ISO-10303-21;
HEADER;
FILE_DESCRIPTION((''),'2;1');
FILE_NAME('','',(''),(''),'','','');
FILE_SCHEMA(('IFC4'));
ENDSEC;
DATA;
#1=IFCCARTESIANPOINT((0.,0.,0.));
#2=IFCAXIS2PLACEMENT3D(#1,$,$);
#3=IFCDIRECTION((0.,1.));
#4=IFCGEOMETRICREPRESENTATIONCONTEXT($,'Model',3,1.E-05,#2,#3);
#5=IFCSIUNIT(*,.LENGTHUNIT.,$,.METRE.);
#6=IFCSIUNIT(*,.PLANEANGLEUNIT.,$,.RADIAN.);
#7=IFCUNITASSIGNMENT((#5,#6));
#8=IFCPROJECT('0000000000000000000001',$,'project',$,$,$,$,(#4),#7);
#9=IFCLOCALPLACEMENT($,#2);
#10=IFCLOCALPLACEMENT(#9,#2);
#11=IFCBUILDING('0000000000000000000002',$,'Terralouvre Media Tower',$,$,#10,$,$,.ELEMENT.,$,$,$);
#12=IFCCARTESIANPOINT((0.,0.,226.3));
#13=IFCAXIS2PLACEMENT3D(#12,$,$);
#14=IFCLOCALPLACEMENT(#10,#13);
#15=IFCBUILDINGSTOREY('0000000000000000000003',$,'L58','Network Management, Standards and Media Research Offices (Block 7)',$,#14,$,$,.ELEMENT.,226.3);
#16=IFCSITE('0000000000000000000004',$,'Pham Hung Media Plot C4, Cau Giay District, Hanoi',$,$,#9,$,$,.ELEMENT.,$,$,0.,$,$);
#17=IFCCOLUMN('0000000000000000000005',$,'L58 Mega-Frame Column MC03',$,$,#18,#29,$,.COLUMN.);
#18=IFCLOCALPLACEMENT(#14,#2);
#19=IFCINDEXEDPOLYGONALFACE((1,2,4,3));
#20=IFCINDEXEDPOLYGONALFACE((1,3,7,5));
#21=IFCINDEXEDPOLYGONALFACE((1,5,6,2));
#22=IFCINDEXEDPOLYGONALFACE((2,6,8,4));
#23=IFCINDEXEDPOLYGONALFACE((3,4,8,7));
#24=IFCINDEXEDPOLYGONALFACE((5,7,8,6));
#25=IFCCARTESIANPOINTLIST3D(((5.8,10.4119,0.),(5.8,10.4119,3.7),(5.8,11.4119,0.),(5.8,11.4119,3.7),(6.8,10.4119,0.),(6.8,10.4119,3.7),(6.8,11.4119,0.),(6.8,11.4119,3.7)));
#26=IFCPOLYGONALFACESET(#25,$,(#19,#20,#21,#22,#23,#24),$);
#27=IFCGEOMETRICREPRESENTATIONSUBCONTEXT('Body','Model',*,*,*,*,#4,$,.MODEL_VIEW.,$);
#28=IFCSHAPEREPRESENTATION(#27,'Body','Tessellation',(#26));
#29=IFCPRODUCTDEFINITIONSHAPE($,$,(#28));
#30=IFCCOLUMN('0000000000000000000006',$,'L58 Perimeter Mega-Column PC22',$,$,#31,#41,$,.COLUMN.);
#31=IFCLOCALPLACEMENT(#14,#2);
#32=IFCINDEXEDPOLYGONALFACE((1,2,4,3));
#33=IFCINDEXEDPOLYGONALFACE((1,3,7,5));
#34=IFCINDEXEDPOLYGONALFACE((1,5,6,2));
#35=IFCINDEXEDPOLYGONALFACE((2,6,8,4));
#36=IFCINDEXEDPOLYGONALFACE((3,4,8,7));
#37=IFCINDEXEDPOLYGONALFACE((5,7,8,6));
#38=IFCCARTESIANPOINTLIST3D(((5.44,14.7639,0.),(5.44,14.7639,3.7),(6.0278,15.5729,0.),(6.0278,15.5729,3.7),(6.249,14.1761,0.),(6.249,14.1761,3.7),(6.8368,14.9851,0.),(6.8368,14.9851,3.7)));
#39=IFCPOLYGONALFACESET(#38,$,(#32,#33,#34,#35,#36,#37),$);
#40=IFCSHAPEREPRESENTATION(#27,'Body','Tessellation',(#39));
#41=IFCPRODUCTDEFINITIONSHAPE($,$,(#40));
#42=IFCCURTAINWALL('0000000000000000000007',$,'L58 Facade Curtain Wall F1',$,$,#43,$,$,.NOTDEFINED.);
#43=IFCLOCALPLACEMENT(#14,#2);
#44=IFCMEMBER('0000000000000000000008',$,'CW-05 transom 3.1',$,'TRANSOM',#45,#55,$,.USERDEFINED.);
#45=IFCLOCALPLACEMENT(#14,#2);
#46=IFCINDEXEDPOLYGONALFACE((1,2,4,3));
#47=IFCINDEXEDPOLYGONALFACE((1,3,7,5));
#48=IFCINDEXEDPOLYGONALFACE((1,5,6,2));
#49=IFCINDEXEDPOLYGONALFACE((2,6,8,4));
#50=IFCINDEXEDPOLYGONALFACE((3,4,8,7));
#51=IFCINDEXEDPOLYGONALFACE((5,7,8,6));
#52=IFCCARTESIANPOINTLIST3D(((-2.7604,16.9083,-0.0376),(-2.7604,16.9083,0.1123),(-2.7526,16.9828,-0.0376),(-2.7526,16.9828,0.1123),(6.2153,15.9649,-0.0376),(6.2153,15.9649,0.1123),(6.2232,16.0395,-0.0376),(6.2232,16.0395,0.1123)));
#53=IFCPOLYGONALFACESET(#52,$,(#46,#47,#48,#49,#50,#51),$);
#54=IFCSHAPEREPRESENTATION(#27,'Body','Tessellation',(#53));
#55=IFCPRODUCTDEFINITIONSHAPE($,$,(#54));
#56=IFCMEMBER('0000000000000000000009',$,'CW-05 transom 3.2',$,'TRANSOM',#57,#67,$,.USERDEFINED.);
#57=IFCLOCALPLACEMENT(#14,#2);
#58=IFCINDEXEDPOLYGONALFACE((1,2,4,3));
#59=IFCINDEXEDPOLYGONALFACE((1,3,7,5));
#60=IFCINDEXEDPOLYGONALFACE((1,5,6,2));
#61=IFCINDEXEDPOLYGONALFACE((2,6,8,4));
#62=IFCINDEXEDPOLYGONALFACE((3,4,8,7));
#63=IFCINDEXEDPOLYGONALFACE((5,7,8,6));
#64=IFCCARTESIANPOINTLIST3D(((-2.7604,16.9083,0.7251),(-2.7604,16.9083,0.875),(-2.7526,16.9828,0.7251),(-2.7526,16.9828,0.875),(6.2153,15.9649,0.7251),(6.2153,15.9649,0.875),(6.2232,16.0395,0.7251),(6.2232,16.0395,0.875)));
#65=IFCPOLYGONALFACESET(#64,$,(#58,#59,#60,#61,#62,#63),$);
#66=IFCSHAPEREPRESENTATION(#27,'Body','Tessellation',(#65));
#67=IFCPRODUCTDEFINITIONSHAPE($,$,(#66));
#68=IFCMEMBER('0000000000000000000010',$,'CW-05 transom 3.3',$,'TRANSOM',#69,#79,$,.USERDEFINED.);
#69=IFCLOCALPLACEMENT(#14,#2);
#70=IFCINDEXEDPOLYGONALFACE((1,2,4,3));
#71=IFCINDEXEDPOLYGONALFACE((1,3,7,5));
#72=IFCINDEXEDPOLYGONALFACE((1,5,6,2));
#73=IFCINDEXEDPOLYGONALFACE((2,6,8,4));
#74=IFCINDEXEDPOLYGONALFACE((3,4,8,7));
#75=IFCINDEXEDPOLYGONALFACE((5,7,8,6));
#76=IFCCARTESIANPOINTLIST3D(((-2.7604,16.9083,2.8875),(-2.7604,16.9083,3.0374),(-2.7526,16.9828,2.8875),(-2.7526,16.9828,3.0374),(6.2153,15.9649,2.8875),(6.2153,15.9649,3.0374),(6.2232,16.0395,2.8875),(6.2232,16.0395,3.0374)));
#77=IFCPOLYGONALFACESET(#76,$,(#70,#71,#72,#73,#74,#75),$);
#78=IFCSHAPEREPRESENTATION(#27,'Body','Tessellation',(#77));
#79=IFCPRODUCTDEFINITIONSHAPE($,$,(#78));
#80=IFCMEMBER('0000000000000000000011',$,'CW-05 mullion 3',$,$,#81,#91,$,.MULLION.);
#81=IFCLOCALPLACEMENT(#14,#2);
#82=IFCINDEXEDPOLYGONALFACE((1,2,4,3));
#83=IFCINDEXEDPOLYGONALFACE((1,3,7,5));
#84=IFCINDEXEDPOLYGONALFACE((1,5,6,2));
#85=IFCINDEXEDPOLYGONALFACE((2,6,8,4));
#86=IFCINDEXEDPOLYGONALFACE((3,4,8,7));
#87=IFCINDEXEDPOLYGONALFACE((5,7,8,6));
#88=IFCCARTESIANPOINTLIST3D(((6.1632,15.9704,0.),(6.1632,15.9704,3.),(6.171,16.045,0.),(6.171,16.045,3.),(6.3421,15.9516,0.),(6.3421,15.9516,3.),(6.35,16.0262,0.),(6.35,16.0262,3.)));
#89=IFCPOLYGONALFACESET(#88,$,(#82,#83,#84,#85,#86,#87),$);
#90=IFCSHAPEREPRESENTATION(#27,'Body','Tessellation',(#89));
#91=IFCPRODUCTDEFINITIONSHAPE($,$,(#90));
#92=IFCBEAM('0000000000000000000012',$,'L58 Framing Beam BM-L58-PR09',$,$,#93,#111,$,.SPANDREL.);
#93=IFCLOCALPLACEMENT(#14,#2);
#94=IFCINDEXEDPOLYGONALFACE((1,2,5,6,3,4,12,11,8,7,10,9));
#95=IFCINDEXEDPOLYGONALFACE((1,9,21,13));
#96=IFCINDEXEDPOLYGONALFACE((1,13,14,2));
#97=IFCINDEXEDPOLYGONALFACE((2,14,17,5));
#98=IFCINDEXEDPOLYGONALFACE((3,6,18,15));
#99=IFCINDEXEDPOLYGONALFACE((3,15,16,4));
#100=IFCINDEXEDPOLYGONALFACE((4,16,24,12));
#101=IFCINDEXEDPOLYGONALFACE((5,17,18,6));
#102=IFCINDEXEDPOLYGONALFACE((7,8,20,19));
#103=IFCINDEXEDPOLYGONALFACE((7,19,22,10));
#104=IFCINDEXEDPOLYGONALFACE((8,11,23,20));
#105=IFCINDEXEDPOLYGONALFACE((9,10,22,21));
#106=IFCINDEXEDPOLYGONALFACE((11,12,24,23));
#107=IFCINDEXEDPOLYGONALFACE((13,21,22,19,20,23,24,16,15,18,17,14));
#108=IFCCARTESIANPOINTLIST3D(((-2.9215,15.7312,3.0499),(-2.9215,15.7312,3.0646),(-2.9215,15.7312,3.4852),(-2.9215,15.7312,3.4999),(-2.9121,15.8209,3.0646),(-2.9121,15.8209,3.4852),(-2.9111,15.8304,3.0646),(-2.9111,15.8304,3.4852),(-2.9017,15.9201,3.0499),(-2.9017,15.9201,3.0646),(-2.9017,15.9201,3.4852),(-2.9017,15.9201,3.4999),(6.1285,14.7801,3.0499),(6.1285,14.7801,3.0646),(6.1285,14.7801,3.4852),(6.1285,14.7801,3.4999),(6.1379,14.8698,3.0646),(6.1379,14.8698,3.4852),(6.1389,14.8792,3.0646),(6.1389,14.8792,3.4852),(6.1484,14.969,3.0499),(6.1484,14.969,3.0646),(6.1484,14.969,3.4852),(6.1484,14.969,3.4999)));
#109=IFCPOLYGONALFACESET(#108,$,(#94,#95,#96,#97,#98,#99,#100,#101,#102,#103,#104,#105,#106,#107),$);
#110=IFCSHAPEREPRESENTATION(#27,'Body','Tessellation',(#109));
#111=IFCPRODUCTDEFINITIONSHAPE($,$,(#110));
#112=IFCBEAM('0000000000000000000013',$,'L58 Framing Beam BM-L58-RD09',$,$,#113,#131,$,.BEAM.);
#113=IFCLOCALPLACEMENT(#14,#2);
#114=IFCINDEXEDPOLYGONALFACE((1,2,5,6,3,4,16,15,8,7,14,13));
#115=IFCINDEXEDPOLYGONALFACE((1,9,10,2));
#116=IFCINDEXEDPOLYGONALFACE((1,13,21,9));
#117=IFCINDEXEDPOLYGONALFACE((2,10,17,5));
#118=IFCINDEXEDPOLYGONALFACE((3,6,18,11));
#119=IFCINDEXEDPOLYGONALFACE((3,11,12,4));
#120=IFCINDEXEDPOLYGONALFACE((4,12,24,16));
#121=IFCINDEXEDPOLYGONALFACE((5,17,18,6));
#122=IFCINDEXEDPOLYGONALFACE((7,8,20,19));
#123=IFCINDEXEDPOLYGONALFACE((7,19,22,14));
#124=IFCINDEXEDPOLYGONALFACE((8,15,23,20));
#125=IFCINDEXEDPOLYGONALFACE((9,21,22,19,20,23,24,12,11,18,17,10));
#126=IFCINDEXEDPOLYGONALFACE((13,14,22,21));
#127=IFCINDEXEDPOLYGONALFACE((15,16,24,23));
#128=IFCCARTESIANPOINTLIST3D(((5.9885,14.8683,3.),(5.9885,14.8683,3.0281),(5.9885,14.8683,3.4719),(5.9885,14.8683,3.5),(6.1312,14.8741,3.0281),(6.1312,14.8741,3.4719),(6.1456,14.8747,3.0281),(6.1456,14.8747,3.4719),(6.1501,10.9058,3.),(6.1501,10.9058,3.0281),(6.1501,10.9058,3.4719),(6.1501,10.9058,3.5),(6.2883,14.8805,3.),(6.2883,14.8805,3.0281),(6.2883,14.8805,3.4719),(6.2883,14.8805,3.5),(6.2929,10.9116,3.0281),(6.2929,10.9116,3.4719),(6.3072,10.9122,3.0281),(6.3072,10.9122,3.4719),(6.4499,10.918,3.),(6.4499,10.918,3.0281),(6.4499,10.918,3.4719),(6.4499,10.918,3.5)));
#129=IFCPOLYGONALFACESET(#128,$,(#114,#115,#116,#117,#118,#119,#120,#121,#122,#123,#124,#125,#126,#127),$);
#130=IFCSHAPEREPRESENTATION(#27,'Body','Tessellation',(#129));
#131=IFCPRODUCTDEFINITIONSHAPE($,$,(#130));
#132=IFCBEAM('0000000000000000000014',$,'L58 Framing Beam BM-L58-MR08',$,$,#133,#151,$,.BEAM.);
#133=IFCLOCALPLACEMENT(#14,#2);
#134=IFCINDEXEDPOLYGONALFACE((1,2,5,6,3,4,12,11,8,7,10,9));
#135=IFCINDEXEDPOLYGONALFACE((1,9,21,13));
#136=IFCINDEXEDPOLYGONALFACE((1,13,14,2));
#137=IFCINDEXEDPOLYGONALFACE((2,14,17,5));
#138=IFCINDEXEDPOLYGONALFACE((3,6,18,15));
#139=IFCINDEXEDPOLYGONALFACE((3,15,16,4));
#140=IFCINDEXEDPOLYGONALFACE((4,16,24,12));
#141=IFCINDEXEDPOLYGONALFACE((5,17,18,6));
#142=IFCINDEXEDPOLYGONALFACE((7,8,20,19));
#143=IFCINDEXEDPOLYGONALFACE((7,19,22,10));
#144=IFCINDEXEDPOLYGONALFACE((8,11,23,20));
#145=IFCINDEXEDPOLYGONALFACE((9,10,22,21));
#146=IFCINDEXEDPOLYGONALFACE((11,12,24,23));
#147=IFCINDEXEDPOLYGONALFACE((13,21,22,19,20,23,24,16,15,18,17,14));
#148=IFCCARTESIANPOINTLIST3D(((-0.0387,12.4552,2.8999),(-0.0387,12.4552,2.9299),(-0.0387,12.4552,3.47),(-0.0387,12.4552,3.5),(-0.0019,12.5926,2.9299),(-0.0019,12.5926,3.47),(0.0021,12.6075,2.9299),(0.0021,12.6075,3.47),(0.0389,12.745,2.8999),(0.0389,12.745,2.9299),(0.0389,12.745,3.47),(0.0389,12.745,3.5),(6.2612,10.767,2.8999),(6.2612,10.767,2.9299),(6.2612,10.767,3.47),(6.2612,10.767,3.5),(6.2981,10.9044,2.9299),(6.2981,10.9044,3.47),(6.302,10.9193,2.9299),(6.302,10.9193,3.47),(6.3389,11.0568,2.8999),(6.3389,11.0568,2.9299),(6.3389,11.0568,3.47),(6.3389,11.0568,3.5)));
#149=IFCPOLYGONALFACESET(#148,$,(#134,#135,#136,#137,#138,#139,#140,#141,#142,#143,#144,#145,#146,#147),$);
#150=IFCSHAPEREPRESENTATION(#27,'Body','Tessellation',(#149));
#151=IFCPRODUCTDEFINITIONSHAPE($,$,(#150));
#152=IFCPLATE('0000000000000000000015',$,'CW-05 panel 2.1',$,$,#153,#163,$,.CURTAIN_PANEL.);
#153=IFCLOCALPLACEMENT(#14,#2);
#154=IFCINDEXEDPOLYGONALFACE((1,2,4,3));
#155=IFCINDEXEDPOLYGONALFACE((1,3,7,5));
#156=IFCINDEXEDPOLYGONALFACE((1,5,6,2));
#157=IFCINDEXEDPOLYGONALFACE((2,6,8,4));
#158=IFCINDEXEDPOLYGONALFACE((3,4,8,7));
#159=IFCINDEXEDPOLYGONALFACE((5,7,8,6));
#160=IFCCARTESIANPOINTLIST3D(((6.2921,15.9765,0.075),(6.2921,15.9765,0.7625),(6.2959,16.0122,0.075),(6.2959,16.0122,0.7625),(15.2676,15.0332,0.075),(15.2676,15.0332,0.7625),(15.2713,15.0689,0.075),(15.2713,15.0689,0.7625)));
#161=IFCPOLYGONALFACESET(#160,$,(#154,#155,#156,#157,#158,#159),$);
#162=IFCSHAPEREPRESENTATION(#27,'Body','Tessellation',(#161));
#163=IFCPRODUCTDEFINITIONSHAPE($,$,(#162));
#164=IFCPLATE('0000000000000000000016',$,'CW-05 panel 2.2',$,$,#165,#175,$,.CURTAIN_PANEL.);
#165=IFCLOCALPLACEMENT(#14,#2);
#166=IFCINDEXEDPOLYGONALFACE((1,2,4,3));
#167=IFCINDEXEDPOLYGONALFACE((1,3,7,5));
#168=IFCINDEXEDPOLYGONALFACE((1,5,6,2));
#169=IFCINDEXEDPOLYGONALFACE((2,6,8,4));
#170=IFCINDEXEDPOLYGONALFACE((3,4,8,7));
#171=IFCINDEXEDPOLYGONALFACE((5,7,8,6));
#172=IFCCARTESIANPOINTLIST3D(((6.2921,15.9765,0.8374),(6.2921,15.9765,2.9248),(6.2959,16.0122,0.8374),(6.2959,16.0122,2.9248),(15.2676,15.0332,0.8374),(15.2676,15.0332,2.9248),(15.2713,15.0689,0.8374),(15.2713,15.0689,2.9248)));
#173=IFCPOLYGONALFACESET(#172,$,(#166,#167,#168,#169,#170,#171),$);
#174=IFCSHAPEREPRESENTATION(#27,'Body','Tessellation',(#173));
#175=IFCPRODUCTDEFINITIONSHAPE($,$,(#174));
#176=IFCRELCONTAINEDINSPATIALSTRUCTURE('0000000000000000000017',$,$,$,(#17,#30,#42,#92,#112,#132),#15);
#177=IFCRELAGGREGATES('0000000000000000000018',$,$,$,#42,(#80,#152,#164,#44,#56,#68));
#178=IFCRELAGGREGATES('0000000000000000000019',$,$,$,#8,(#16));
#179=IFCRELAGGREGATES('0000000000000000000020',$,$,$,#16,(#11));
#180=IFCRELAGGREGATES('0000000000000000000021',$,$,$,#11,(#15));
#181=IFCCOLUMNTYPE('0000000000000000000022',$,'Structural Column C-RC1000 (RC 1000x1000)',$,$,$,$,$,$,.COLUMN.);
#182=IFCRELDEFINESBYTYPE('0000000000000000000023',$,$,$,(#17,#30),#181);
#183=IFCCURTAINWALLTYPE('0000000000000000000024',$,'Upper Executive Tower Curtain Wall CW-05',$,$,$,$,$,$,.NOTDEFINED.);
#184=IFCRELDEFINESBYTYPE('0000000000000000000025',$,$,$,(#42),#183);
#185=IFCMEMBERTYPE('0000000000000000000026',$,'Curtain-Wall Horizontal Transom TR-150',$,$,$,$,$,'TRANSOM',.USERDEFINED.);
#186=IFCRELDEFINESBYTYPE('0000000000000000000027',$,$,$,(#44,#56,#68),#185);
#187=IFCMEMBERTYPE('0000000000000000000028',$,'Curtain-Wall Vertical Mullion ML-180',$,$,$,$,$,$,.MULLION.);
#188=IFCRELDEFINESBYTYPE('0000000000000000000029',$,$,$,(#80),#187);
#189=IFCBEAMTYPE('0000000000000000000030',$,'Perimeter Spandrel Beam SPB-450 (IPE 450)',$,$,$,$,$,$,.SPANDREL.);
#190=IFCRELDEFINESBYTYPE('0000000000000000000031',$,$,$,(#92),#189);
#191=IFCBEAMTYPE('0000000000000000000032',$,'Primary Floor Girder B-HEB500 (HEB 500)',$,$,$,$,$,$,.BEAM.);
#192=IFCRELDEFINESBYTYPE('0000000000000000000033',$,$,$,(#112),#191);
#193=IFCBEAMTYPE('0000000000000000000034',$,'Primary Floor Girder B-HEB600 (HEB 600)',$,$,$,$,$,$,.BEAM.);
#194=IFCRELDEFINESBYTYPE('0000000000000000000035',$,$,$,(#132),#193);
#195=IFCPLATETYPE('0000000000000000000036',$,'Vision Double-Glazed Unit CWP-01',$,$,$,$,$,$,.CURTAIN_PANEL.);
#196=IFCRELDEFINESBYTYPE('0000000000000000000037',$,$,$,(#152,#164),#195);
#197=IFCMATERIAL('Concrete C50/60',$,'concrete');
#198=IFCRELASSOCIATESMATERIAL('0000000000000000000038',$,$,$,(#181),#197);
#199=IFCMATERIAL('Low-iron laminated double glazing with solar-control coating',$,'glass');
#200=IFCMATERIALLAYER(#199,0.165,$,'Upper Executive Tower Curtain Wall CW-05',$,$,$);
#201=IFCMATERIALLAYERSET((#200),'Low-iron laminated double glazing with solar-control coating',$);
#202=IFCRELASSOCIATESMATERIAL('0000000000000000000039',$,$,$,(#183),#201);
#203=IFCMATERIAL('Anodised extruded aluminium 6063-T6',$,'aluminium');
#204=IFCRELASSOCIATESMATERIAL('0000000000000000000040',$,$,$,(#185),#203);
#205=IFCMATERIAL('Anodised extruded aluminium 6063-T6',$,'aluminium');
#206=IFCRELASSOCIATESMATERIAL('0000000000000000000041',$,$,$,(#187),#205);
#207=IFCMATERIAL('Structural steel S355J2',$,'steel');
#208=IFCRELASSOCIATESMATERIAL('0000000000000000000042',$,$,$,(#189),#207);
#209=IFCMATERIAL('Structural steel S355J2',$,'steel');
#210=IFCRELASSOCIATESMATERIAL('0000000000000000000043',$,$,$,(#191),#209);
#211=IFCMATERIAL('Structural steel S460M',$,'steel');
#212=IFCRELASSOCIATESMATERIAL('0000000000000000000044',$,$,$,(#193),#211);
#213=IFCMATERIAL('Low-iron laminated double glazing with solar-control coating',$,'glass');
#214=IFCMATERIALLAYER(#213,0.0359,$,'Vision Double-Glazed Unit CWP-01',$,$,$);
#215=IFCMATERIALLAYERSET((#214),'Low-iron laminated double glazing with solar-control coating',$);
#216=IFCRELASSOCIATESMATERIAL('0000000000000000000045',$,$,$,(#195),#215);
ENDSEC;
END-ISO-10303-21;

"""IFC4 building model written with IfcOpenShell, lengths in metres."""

from ifc_helpers import new_model, si_unit, direction, frame, origin, origin_2d, place, context, subcontext, project, spatial, rectangle, i_section, extrude, material, layer, layer_set, material_profile, profile_set, type_object, element, aggregate, save


model = new_model("IFC4")

# Units and contexts
model_context = context("Model", 3, precision=1e-05, world=origin(), true_north=direction((0.0, 1.0)))
body_context = subcontext(model_context, "Body", "Model", "MODEL_VIEW")
ifc_project = project(units=[si_unit("LENGTHUNIT", "METRE"), si_unit("PLANEANGLEUNIT", "RADIAN")], contexts=[model_context])

# Site, building, storey
site_placement = place(None, origin())
site = spatial("IfcSite", under=ifc_project, at=site_placement, Name="Pham Hung Media Plot C4, Cau Giay District, Hanoi", CompositionType="ELEMENT", RefElevation=0.0)
building_placement = place(site_placement, origin())
building = spatial("IfcBuilding", under=site, at=building_placement, Name="Terralouvre Media Tower", CompositionType="ELEMENT")
storey_placement = place(building_placement, frame((0.0, 0.0, 226.3)))
storey = spatial("IfcBuildingStorey", under=building, at=storey_placement, Name="L58", Description="Network Management, Standards and Media Research Offices (Block 7)", CompositionType="ELEMENT", Elevation=226.3)

# Columns
ifc_material_1 = material(Name="Concrete C50/60", Category="concrete")
ifc_material_profile_1 = material_profile(ifc_material_1, rectangle(XDim=1.0, YDim=1.0, at=origin_2d()), Name="RC 1000x1000")
ifc_profile_set_1 = profile_set([ifc_material_profile_1], Name="Concrete C50/60")
column_type = type_object("IfcColumnType", Name="Structural Column C-RC1000 (RC 1000x1000)", PredefinedType="COLUMN", material=ifc_profile_set_1)
for number, where, z_axis, x_axis, name in (
    (1, (6.3, 10.9119, 0.0), (0.0, 0.0, 1.0), (1.0, 0.0, 0.0), "L58 Mega-Frame Column MC03"),
    (2, (6.1384, 14.8745, 0.0), (0.0, 0.0, 1.0), (0.587785, 0.809017, 0.0), "L58 Perimeter Mega-Column PC22"),
):
    element("IfcColumn", number, at=place(storey_placement, frame(where, z_axis=z_axis, x_axis=x_axis)), inside=storey, type_object=column_type, Name=name, PredefinedType="COLUMN", context=body_context, shape_type="SweptSolid", body=[
        extrude(rectangle(XDim=1.0, YDim=1.0, at=origin_2d()), origin(), (0.0, 0.0, 1.0), 3.7),
    ])

# Curtain wall, members
ifc_material_2 = material(Name="Low-iron laminated double glazing with solar-control coating", Category="glass")
ifc_layer_1 = layer(ifc_material_2, 0.165, Name="Upper Executive Tower Curtain Wall CW-05")
ifc_layer_set_1 = layer_set([ifc_layer_1], Name="Low-iron laminated double glazing with solar-control coating")
curtain_wall_type = type_object("IfcCurtainWallType", Name="Upper Executive Tower Curtain Wall CW-05", PredefinedType="NOTDEFINED", material=ifc_layer_set_1)
curtain_wall_placement = place(storey_placement, origin())
curtain_wall = element("IfcCurtainWall", 3, at=curtain_wall_placement, inside=storey, type_object=curtain_wall_type, Name="L58 Facade Curtain Wall F1", PredefinedType="NOTDEFINED")
ifc_material_3 = material(Name="Anodised extruded aluminium 6063-T6", Category="aluminium")
ifc_material_profile_2 = material_profile(ifc_material_3, rectangle(XDim=0.075, YDim=0.1499, at=origin_2d()), Name="ALU 75x150")
ifc_profile_set_2 = profile_set([ifc_material_profile_2], Name="Anodised extruded aluminium 6063-T6")
member_type_1 = type_object("IfcMemberType", Name="Curtain-Wall Horizontal Transom TR-150", ElementType="TRANSOM", PredefinedType="USERDEFINED", material=ifc_profile_set_2)
member_1_placement = place(storey_placement, frame((6.2192, 16.0022, 0.0374), z_axis=(-0.994522, 0.104527, 0.0), x_axis=(-0.104527, -0.994522, 0.0)))
member_1 = element("IfcMember", 4, at=member_1_placement, type_object=member_type_1, Name="CW-05 transom 3.1", ObjectType="TRANSOM", PredefinedType="USERDEFINED", context=body_context, shape_type="SweptSolid", body=[
    extrude(rectangle(XDim=0.075, YDim=0.1499, at=origin_2d()), origin(), (0.0, 0.0, 1.0), 9.0251),
])
member_2_placement = place(storey_placement, frame((6.2192, 16.0022, 0.8), z_axis=(-0.994522, 0.104527, 0.0), x_axis=(-0.104527, -0.994522, 0.0)))
member_2 = element("IfcMember", 5, at=member_2_placement, type_object=member_type_1, Name="CW-05 transom 3.2", ObjectType="TRANSOM", PredefinedType="USERDEFINED", context=body_context, shape_type="SweptSolid", body=[
    extrude(rectangle(XDim=0.075, YDim=0.1499, at=origin_2d()), origin(), (0.0, 0.0, 1.0), 9.0251),
])
member_3_placement = place(storey_placement, frame((6.2192, 16.0022, 2.9624), z_axis=(-0.994522, 0.104527, 0.0), x_axis=(-0.104527, -0.994522, 0.0)))
member_3 = element("IfcMember", 6, at=member_3_placement, type_object=member_type_1, Name="CW-05 transom 3.3", ObjectType="TRANSOM", PredefinedType="USERDEFINED", context=body_context, shape_type="SweptSolid", body=[
    extrude(rectangle(XDim=0.075, YDim=0.1499, at=origin_2d()), origin(), (0.0, 0.0, 1.0), 9.0251),
])
ifc_material_4 = material(Name="Anodised extruded aluminium 6063-T6", Category="aluminium")
ifc_material_profile_3 = material_profile(ifc_material_4, rectangle(XDim=0.075, YDim=0.1799, at=origin_2d()), Name="ALU 75x180")
ifc_profile_set_3 = profile_set([ifc_material_profile_3], Name="Anodised extruded aluminium 6063-T6")
member_type_2 = type_object("IfcMemberType", Name="Curtain-Wall Vertical Mullion ML-180", PredefinedType="MULLION", material=ifc_profile_set_3)
member_4_placement = place(storey_placement, frame((6.2566, 15.9983, 0.0), z_axis=(0.0, 0.0, 1.0), x_axis=(-0.104529, -0.994522, 0.0)))
member_4 = element("IfcMember", 7, at=member_4_placement, type_object=member_type_2, Name="CW-05 mullion 3", PredefinedType="MULLION", context=body_context, shape_type="SweptSolid", body=[
    extrude(rectangle(XDim=0.075, YDim=0.1799, at=origin_2d()), origin(), (0.0, 0.0, 1.0), 3.0),
])

# Beams
ifc_material_5 = material(Name="Structural steel S355J2", Category="steel")
ifc_material_profile_4 = material_profile(ifc_material_5, i_section(OverallWidth=0.1899, OverallDepth=0.45, WebThickness=0.0095, FlangeThickness=0.0146, at=origin_2d()), Name="IPE 450")
ifc_profile_set_4 = profile_set([ifc_material_profile_4], Name="Structural steel S355J2")
beam_type_1 = type_object("IfcBeamType", Name="Perimeter Spandrel Beam SPB-450 (IPE 450)", PredefinedType="SPANDREL", material=ifc_profile_set_4)
beam_1_placement = place(storey_placement, frame((6.1384, 14.8745, 3.2749), z_axis=(-0.994522, 0.104526, 0.0), x_axis=(-0.104526, -0.994522, 0.0)))
element("IfcBeam", 8, at=beam_1_placement, inside=storey, type_object=beam_type_1, Name="L58 Framing Beam BM-L58-PR09", PredefinedType="SPANDREL", context=body_context, shape_type="SweptSolid", body=[
    extrude(i_section(OverallWidth=0.1899, OverallDepth=0.45, WebThickness=0.0095, FlangeThickness=0.0146, at=origin_2d()), origin(), (0.0, 0.0, 1.0), 9.0999),
])
ifc_material_6 = material(Name="Structural steel S355J2", Category="steel")
ifc_material_profile_5 = material_profile(ifc_material_6, i_section(OverallWidth=0.3, OverallDepth=0.5, WebThickness=0.0144, FlangeThickness=0.0281, at=origin_2d()), Name="HEB 500")
ifc_profile_set_5 = profile_set([ifc_material_profile_5], Name="Structural steel S355J2")
beam_type_2 = type_object("IfcBeamType", Name="Primary Floor Girder B-HEB500 (HEB 500)", PredefinedType="BEAM", material=ifc_profile_set_5)
beam_2_placement = place(storey_placement, frame((6.3, 10.9119, 3.25), z_axis=(-0.040752, 0.999169, 0.0), x_axis=(-0.999169, -0.040752, 0.0)))
element("IfcBeam", 9, at=beam_2_placement, inside=storey, type_object=beam_type_2, Name="L58 Framing Beam BM-L58-RD09", PredefinedType="BEAM", context=body_context, shape_type="SweptSolid", body=[
    extrude(i_section(OverallWidth=0.3, OverallDepth=0.5, WebThickness=0.0144, FlangeThickness=0.0281, at=origin_2d()), origin(), (0.0, 0.0, 1.0), 3.9658),
])
ifc_material_7 = material(Name="Structural steel S460M", Category="steel")
ifc_material_profile_6 = material_profile(ifc_material_7, i_section(OverallWidth=0.3, OverallDepth=0.6001, WebThickness=0.0154, FlangeThickness=0.03, at=origin_2d()), Name="HEB 600")
ifc_profile_set_6 = profile_set([ifc_material_profile_6], Name="Structural steel S460M")
beam_type_3 = type_object("IfcBeamType", Name="Primary Floor Girder B-HEB600 (HEB 600)", PredefinedType="BEAM", material=ifc_profile_set_6)
beam_3_placement = place(storey_placement, frame((6.3, 10.9119, 3.2), z_axis=(-0.96592, 0.258839, 0.0), x_axis=(-0.258839, -0.96592, 0.0)))
element("IfcBeam", 10, at=beam_3_placement, inside=storey, type_object=beam_type_3, Name="L58 Framing Beam BM-L58-MR08", PredefinedType="BEAM", context=body_context, shape_type="SweptSolid", body=[
    extrude(i_section(OverallWidth=0.3, OverallDepth=0.6001, WebThickness=0.0154, FlangeThickness=0.03, at=origin_2d()), origin(), (0.0, 0.0, 1.0), 6.5222),
])

# Plates
ifc_material_8 = material(Name="Low-iron laminated double glazing with solar-control coating", Category="glass")
ifc_layer_2 = layer(ifc_material_8, 0.0359, Name="Vision Double-Glazed Unit CWP-01")
ifc_layer_set_2 = layer_set([ifc_layer_2], Name="Low-iron laminated double glazing with solar-control coating")
plate_type = type_object("IfcPlateType", Name="Vision Double-Glazed Unit CWP-01", PredefinedType="CURTAIN_PANEL", material=ifc_layer_set_2)
plate_1_placement = place(storey_placement, frame((10.7817, 15.5227, 0.075), z_axis=(0.0, 0.0, 1.0), x_axis=(-0.994522, 0.104529, 0.0)))
plate_1 = element("IfcPlate", 11, at=plate_1_placement, type_object=plate_type, Name="CW-05 panel 2.1", PredefinedType="CURTAIN_PANEL", context=body_context, shape_type="SweptSolid", body=[
    extrude(rectangle(XDim=9.0249, YDim=0.0359, at=origin_2d()), origin(), (0.0, 0.0, 1.0), 0.6875),
])
plate_2_placement = place(storey_placement, frame((10.7817, 15.5227, 0.8374), z_axis=(0.0, 0.0, 1.0), x_axis=(-0.994522, 0.104529, 0.0)))
plate_2 = element("IfcPlate", 12, at=plate_2_placement, type_object=plate_type, Name="CW-05 panel 2.2", PredefinedType="CURTAIN_PANEL", context=body_context, shape_type="SweptSolid", body=[
    extrude(rectangle(XDim=9.0249, YDim=0.0359, at=origin_2d()), origin(), (0.0, 0.0, 1.0), 2.0874),
])
aggregate(curtain_wall, [member_4, plate_1, plate_2, member_1, member_2, member_3])

save(model, "model.ifc")
